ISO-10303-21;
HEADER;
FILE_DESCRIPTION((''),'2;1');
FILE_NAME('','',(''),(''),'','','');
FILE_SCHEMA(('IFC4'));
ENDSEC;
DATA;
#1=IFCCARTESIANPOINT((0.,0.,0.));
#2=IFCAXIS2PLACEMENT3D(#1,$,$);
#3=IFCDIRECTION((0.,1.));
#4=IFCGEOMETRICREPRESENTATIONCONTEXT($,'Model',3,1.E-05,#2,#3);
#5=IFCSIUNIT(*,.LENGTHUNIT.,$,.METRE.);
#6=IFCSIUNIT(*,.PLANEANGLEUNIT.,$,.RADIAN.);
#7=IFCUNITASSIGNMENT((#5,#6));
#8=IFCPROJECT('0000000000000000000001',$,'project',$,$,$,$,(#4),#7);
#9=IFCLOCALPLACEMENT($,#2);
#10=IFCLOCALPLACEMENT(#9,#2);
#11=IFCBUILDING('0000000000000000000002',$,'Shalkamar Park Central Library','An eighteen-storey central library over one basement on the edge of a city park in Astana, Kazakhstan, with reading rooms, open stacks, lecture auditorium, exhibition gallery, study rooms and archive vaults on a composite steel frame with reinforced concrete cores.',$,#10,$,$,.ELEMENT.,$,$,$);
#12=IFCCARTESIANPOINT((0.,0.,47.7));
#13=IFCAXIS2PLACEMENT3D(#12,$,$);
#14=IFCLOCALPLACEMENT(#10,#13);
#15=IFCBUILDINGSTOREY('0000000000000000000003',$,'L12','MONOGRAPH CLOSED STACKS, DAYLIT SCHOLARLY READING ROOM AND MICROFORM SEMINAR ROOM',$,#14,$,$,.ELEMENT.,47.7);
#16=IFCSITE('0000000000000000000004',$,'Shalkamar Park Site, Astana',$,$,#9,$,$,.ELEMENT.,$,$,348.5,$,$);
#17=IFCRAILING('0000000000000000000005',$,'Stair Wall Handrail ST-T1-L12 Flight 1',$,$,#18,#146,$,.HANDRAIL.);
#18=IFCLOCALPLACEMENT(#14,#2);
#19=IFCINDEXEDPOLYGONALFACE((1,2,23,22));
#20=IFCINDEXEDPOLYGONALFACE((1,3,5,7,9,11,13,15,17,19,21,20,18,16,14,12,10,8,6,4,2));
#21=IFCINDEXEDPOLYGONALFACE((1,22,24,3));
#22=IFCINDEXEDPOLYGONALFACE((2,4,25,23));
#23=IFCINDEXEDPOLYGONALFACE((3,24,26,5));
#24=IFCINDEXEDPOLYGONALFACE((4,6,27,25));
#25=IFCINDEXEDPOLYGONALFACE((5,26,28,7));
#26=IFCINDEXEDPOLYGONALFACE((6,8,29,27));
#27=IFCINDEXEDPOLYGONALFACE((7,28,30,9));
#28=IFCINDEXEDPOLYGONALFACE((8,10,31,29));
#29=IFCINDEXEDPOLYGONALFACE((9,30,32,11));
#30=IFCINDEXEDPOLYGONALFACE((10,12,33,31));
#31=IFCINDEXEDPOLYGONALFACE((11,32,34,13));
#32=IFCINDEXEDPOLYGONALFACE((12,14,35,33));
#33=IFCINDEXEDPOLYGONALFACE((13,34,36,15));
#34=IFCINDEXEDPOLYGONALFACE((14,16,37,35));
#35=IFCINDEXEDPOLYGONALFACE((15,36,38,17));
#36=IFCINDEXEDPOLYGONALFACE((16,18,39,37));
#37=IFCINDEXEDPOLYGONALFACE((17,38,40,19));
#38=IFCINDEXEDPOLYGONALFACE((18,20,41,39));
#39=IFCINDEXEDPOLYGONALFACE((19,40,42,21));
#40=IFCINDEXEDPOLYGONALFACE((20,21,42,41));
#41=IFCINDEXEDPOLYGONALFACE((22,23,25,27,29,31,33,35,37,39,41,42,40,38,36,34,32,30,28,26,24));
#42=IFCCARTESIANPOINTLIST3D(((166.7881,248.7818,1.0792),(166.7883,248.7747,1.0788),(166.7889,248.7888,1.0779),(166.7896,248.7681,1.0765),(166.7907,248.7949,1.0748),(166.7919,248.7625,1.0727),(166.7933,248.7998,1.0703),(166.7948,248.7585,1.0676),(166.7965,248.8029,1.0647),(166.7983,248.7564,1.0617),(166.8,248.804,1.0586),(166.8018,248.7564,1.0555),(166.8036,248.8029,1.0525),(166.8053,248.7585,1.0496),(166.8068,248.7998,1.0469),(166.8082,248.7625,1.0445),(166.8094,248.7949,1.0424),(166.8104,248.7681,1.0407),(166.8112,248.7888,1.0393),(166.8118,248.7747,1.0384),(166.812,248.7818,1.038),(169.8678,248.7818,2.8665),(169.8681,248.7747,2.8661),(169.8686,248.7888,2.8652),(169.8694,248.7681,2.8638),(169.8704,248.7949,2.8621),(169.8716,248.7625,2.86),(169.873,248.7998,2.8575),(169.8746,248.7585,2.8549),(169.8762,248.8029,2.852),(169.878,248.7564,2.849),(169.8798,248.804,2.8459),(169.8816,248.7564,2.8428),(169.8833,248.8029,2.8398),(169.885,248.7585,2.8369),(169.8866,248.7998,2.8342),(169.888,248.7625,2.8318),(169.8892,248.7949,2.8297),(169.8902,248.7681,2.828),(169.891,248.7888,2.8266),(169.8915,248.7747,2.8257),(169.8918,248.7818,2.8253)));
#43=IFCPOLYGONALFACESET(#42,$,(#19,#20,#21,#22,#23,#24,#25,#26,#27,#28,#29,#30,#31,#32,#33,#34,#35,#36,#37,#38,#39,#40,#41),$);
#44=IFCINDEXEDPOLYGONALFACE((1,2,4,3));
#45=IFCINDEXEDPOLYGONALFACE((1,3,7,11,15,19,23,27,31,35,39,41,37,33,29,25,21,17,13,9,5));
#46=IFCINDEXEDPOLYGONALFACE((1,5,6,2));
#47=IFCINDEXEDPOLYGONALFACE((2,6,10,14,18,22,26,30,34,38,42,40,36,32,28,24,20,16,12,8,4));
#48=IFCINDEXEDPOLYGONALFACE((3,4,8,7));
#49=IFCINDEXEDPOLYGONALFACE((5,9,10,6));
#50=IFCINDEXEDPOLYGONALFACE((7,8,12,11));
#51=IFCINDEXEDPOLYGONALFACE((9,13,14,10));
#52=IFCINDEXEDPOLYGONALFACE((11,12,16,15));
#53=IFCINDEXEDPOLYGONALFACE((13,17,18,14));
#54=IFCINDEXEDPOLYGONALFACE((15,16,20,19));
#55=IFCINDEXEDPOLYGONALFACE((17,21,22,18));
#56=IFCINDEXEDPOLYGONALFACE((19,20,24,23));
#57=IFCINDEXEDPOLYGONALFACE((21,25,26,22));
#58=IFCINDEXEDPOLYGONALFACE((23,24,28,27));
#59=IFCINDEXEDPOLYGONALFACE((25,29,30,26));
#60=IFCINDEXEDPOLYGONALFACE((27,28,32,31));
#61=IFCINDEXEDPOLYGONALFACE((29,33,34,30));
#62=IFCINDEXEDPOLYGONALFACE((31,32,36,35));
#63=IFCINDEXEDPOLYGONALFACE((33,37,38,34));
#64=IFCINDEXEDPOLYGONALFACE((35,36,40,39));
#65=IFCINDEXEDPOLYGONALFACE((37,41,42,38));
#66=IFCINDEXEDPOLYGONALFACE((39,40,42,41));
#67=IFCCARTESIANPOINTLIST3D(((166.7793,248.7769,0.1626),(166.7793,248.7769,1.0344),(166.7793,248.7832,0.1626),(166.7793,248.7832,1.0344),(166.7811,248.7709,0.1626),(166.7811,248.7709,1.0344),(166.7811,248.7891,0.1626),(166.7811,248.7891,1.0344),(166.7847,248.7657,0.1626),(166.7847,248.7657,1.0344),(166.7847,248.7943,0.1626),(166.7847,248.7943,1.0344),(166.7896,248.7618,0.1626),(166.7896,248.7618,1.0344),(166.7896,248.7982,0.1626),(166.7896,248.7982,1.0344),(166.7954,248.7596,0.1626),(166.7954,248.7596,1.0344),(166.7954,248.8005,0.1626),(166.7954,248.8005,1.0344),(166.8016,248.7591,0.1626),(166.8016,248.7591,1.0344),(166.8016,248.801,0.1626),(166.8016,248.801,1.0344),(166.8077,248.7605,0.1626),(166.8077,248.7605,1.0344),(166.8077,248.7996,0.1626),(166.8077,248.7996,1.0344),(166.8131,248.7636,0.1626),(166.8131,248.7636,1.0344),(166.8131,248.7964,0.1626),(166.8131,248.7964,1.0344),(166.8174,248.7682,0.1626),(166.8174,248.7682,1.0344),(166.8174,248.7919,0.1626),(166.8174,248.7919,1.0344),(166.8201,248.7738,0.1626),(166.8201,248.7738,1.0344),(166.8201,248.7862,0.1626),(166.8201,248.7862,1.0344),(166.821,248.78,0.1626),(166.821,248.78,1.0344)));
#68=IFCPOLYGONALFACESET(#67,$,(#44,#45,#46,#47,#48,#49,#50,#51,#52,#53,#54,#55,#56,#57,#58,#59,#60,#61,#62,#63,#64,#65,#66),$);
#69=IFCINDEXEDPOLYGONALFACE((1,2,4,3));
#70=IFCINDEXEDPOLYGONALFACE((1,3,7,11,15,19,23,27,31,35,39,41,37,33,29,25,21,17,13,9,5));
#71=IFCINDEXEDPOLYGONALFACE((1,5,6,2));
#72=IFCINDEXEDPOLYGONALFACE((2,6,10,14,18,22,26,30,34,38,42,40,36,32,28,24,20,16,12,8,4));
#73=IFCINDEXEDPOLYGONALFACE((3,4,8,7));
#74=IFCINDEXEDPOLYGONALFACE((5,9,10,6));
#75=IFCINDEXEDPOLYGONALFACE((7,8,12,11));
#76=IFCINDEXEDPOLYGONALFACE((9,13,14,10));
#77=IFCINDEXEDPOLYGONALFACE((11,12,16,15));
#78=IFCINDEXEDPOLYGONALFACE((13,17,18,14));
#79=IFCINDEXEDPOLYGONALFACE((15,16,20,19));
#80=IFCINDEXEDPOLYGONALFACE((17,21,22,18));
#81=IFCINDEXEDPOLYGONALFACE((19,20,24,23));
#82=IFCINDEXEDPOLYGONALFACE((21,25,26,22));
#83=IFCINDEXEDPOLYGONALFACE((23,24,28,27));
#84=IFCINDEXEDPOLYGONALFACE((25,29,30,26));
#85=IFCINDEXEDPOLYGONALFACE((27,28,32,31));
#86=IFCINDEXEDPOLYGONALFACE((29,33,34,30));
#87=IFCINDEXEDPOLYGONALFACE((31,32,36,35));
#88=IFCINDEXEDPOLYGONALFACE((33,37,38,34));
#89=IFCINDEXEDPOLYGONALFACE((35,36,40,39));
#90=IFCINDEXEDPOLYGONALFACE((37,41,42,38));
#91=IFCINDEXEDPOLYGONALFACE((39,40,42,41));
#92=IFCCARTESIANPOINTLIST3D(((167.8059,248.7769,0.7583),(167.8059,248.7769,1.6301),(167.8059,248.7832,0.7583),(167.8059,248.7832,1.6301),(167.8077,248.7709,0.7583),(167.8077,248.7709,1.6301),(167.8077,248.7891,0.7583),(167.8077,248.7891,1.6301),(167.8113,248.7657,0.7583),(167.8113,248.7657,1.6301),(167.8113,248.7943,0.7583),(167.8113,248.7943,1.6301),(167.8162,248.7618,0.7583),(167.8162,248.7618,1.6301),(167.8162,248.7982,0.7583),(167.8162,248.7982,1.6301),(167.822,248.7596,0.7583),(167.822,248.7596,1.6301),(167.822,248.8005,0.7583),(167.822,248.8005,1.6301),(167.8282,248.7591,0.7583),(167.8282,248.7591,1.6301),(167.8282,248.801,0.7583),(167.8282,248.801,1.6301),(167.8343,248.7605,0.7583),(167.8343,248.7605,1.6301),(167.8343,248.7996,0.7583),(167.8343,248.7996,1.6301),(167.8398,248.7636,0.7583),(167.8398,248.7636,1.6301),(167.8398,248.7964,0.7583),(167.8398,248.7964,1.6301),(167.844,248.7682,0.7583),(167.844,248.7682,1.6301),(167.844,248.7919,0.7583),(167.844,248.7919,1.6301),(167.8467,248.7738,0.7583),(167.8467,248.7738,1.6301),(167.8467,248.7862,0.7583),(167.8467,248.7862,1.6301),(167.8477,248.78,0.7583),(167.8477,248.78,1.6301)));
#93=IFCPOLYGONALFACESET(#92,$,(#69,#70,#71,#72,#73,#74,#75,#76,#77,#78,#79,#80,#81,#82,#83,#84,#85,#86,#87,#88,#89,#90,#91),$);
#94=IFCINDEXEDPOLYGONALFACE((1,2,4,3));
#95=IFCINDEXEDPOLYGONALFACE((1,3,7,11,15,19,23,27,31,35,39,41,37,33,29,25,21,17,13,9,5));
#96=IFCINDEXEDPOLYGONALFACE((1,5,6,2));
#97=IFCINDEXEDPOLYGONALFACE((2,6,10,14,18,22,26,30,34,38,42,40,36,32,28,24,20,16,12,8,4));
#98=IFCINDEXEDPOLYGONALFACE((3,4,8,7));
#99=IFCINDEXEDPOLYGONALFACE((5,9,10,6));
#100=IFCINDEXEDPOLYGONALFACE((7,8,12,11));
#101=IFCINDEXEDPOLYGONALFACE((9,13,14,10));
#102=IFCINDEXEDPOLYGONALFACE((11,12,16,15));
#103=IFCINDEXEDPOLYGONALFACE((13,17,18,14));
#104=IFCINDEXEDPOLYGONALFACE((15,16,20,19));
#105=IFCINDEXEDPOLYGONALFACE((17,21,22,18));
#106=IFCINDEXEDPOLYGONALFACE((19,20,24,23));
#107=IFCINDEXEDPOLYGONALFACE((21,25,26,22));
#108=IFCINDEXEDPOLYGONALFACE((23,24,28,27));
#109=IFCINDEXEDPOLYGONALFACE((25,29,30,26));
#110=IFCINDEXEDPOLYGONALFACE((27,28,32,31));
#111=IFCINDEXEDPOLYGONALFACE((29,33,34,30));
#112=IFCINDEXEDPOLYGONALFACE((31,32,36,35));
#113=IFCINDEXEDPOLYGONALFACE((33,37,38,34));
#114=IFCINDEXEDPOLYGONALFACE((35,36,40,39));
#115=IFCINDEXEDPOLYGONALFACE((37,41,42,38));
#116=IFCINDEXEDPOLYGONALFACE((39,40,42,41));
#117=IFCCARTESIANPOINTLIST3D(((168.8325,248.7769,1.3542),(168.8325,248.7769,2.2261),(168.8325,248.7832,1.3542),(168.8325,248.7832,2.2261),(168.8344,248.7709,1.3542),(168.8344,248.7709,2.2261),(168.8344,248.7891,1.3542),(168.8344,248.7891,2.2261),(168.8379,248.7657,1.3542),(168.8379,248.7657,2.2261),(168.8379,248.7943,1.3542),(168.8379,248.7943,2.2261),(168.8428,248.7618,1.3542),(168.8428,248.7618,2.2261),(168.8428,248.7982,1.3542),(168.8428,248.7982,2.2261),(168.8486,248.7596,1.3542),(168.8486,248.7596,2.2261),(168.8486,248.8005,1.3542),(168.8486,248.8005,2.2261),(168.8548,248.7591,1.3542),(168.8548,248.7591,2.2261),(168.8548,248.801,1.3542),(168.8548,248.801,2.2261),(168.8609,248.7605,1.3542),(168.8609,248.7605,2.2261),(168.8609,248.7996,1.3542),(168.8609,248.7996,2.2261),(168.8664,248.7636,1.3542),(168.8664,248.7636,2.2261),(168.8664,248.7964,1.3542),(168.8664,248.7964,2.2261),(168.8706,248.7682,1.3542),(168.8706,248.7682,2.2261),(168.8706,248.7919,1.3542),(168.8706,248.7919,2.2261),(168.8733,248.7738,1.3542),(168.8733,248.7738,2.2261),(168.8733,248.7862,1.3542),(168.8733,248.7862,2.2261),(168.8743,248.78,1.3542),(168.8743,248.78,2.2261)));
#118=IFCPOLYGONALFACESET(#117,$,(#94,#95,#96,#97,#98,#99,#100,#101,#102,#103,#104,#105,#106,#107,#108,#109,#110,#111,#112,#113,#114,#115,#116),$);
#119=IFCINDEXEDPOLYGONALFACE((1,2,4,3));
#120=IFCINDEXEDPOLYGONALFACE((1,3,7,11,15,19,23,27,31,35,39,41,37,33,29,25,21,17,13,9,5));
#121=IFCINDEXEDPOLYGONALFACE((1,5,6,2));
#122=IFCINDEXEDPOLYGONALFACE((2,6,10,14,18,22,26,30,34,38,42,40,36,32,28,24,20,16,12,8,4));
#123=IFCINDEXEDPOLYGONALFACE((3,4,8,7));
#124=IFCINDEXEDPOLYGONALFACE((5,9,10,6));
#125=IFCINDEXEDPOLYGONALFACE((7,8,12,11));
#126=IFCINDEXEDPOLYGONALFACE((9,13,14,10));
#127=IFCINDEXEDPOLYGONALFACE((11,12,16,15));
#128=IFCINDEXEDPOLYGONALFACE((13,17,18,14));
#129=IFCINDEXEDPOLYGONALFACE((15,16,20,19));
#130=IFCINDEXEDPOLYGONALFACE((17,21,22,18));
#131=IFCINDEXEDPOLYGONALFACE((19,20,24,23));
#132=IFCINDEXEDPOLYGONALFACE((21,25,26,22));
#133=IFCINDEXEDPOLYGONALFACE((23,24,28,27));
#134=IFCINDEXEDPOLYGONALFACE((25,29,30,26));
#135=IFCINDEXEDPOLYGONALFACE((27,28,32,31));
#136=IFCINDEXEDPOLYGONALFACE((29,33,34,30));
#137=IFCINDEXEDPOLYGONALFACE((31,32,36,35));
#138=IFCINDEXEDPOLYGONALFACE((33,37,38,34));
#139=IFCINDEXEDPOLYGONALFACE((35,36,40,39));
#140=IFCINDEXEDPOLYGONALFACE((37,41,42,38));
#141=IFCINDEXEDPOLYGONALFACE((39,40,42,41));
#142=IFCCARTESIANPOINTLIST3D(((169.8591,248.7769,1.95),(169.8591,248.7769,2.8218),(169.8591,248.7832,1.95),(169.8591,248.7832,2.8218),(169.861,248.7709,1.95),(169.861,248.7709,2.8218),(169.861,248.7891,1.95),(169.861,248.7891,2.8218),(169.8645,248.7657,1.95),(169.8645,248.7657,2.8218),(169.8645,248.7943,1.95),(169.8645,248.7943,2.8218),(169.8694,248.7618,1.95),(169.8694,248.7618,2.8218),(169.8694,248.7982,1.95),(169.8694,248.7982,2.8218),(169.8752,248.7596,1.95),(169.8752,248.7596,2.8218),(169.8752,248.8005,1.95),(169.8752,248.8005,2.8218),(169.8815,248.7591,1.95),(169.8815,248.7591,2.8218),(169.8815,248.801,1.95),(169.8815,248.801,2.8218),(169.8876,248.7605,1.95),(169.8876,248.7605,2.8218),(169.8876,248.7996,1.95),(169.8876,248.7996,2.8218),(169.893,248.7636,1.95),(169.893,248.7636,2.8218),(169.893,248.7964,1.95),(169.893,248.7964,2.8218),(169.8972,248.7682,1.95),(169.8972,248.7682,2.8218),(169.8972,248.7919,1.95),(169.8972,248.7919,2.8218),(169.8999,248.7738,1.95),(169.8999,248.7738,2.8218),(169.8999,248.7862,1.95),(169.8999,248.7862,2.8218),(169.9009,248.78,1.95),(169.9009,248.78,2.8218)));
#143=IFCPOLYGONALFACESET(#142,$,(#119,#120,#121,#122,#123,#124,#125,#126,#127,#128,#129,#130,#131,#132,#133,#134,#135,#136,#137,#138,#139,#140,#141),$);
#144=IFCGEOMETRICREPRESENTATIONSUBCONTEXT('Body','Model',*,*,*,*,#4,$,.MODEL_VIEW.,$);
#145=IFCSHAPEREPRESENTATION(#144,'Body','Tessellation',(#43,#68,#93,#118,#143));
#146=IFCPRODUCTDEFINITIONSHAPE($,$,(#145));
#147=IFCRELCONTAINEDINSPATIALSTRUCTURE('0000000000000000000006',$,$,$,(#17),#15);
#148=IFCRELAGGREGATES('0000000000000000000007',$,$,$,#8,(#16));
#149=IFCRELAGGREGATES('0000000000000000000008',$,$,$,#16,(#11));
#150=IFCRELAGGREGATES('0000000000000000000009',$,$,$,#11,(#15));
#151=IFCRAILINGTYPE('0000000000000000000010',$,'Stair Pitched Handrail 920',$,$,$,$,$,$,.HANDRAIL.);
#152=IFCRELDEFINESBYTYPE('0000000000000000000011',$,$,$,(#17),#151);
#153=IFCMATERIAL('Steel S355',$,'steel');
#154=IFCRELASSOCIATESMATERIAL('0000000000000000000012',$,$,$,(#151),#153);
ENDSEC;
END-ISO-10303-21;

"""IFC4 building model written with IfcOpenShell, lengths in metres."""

from ifc_helpers import new_model, si_unit, direction, frame, origin, origin_2d, place, context, subcontext, project, spatial, circle, extrude, material, type_object, element, save


model = new_model("IFC4")

# Units and contexts
model_context = context("Model", 3, precision=1e-05, world=origin(), true_north=direction((0.0, 1.0)))
body_context = subcontext(model_context, "Body", "Model", "MODEL_VIEW")
ifc_project = project(units=[si_unit("LENGTHUNIT", "METRE"), si_unit("PLANEANGLEUNIT", "RADIAN")], contexts=[model_context])

# Site, building, storey
site_placement = place(None, origin())
site = spatial("IfcSite", under=ifc_project, at=site_placement, Name="Shalkamar Park Site, Astana", CompositionType="ELEMENT", RefElevation=348.5)
building_placement = place(site_placement, origin())
building = spatial("IfcBuilding", under=site, at=building_placement, Name="Shalkamar Park Central Library", Description="An eighteen-storey central library over one basement on the edge of a city park in Astana, Kazakhstan, with reading rooms, open stacks, lecture auditorium, exhibition gallery, study rooms and archive vaults on a composite steel frame with reinforced concrete cores.", CompositionType="ELEMENT")
storey_placement = place(building_placement, frame((0.0, 0.0, 47.7)))
storey = spatial("IfcBuildingStorey", under=building, at=storey_placement, Name="L12", Description="MONOGRAPH CLOSED STACKS, DAYLIT SCHOLARLY READING ROOM AND MICROFORM SEMINAR ROOM", CompositionType="ELEMENT", Elevation=47.7)

# Shared definitions
ifc_material_1 = material(Name="Steel S355", Category="steel")

# Railing
railing_type_1 = type_object("IfcRailingType", Name="Stair Pitched Handrail 920", PredefinedType="HANDRAIL", material=ifc_material_1)
railing_1_placement = place(storey_placement, frame((166.8, 248.78, 0.1626)))
element("IfcRailing", 1, at=railing_1_placement, inside=storey, type_object=railing_type_1, Name="Stair Wall Handrail ST-T1-L12 Flight 1", PredefinedType="HANDRAIL", context=body_context, shape_type="SweptSolid", body=[
    extrude(circle(Radius=0.0239, at=origin_2d()), frame((0.0, 0.0, 0.896), z_axis=(0.864903, 0.0, 0.501939), x_axis=(0.0, 1.0, 0.0)), (0.0, 0.0, 1.0), 3.5608),
    extrude(circle(Radius=0.021, at=origin_2d()), origin(), (0.0, 0.0, 1.0), 0.8718),
    extrude(circle(Radius=0.021, at=origin_2d()), frame((1.0266, 0.0, 0.5957)), (0.0, 0.0, 1.0), 0.8718),
    extrude(circle(Radius=0.021, at=origin_2d()), frame((2.0532, 0.0, 1.1917)), (0.0, 0.0, 1.0), 0.8718),
    extrude(circle(Radius=0.021, at=origin_2d()), frame((3.0798, 0.0, 1.7874)), (0.0, 0.0, 1.0), 0.8718),
])

save(model, "model.ifc")
